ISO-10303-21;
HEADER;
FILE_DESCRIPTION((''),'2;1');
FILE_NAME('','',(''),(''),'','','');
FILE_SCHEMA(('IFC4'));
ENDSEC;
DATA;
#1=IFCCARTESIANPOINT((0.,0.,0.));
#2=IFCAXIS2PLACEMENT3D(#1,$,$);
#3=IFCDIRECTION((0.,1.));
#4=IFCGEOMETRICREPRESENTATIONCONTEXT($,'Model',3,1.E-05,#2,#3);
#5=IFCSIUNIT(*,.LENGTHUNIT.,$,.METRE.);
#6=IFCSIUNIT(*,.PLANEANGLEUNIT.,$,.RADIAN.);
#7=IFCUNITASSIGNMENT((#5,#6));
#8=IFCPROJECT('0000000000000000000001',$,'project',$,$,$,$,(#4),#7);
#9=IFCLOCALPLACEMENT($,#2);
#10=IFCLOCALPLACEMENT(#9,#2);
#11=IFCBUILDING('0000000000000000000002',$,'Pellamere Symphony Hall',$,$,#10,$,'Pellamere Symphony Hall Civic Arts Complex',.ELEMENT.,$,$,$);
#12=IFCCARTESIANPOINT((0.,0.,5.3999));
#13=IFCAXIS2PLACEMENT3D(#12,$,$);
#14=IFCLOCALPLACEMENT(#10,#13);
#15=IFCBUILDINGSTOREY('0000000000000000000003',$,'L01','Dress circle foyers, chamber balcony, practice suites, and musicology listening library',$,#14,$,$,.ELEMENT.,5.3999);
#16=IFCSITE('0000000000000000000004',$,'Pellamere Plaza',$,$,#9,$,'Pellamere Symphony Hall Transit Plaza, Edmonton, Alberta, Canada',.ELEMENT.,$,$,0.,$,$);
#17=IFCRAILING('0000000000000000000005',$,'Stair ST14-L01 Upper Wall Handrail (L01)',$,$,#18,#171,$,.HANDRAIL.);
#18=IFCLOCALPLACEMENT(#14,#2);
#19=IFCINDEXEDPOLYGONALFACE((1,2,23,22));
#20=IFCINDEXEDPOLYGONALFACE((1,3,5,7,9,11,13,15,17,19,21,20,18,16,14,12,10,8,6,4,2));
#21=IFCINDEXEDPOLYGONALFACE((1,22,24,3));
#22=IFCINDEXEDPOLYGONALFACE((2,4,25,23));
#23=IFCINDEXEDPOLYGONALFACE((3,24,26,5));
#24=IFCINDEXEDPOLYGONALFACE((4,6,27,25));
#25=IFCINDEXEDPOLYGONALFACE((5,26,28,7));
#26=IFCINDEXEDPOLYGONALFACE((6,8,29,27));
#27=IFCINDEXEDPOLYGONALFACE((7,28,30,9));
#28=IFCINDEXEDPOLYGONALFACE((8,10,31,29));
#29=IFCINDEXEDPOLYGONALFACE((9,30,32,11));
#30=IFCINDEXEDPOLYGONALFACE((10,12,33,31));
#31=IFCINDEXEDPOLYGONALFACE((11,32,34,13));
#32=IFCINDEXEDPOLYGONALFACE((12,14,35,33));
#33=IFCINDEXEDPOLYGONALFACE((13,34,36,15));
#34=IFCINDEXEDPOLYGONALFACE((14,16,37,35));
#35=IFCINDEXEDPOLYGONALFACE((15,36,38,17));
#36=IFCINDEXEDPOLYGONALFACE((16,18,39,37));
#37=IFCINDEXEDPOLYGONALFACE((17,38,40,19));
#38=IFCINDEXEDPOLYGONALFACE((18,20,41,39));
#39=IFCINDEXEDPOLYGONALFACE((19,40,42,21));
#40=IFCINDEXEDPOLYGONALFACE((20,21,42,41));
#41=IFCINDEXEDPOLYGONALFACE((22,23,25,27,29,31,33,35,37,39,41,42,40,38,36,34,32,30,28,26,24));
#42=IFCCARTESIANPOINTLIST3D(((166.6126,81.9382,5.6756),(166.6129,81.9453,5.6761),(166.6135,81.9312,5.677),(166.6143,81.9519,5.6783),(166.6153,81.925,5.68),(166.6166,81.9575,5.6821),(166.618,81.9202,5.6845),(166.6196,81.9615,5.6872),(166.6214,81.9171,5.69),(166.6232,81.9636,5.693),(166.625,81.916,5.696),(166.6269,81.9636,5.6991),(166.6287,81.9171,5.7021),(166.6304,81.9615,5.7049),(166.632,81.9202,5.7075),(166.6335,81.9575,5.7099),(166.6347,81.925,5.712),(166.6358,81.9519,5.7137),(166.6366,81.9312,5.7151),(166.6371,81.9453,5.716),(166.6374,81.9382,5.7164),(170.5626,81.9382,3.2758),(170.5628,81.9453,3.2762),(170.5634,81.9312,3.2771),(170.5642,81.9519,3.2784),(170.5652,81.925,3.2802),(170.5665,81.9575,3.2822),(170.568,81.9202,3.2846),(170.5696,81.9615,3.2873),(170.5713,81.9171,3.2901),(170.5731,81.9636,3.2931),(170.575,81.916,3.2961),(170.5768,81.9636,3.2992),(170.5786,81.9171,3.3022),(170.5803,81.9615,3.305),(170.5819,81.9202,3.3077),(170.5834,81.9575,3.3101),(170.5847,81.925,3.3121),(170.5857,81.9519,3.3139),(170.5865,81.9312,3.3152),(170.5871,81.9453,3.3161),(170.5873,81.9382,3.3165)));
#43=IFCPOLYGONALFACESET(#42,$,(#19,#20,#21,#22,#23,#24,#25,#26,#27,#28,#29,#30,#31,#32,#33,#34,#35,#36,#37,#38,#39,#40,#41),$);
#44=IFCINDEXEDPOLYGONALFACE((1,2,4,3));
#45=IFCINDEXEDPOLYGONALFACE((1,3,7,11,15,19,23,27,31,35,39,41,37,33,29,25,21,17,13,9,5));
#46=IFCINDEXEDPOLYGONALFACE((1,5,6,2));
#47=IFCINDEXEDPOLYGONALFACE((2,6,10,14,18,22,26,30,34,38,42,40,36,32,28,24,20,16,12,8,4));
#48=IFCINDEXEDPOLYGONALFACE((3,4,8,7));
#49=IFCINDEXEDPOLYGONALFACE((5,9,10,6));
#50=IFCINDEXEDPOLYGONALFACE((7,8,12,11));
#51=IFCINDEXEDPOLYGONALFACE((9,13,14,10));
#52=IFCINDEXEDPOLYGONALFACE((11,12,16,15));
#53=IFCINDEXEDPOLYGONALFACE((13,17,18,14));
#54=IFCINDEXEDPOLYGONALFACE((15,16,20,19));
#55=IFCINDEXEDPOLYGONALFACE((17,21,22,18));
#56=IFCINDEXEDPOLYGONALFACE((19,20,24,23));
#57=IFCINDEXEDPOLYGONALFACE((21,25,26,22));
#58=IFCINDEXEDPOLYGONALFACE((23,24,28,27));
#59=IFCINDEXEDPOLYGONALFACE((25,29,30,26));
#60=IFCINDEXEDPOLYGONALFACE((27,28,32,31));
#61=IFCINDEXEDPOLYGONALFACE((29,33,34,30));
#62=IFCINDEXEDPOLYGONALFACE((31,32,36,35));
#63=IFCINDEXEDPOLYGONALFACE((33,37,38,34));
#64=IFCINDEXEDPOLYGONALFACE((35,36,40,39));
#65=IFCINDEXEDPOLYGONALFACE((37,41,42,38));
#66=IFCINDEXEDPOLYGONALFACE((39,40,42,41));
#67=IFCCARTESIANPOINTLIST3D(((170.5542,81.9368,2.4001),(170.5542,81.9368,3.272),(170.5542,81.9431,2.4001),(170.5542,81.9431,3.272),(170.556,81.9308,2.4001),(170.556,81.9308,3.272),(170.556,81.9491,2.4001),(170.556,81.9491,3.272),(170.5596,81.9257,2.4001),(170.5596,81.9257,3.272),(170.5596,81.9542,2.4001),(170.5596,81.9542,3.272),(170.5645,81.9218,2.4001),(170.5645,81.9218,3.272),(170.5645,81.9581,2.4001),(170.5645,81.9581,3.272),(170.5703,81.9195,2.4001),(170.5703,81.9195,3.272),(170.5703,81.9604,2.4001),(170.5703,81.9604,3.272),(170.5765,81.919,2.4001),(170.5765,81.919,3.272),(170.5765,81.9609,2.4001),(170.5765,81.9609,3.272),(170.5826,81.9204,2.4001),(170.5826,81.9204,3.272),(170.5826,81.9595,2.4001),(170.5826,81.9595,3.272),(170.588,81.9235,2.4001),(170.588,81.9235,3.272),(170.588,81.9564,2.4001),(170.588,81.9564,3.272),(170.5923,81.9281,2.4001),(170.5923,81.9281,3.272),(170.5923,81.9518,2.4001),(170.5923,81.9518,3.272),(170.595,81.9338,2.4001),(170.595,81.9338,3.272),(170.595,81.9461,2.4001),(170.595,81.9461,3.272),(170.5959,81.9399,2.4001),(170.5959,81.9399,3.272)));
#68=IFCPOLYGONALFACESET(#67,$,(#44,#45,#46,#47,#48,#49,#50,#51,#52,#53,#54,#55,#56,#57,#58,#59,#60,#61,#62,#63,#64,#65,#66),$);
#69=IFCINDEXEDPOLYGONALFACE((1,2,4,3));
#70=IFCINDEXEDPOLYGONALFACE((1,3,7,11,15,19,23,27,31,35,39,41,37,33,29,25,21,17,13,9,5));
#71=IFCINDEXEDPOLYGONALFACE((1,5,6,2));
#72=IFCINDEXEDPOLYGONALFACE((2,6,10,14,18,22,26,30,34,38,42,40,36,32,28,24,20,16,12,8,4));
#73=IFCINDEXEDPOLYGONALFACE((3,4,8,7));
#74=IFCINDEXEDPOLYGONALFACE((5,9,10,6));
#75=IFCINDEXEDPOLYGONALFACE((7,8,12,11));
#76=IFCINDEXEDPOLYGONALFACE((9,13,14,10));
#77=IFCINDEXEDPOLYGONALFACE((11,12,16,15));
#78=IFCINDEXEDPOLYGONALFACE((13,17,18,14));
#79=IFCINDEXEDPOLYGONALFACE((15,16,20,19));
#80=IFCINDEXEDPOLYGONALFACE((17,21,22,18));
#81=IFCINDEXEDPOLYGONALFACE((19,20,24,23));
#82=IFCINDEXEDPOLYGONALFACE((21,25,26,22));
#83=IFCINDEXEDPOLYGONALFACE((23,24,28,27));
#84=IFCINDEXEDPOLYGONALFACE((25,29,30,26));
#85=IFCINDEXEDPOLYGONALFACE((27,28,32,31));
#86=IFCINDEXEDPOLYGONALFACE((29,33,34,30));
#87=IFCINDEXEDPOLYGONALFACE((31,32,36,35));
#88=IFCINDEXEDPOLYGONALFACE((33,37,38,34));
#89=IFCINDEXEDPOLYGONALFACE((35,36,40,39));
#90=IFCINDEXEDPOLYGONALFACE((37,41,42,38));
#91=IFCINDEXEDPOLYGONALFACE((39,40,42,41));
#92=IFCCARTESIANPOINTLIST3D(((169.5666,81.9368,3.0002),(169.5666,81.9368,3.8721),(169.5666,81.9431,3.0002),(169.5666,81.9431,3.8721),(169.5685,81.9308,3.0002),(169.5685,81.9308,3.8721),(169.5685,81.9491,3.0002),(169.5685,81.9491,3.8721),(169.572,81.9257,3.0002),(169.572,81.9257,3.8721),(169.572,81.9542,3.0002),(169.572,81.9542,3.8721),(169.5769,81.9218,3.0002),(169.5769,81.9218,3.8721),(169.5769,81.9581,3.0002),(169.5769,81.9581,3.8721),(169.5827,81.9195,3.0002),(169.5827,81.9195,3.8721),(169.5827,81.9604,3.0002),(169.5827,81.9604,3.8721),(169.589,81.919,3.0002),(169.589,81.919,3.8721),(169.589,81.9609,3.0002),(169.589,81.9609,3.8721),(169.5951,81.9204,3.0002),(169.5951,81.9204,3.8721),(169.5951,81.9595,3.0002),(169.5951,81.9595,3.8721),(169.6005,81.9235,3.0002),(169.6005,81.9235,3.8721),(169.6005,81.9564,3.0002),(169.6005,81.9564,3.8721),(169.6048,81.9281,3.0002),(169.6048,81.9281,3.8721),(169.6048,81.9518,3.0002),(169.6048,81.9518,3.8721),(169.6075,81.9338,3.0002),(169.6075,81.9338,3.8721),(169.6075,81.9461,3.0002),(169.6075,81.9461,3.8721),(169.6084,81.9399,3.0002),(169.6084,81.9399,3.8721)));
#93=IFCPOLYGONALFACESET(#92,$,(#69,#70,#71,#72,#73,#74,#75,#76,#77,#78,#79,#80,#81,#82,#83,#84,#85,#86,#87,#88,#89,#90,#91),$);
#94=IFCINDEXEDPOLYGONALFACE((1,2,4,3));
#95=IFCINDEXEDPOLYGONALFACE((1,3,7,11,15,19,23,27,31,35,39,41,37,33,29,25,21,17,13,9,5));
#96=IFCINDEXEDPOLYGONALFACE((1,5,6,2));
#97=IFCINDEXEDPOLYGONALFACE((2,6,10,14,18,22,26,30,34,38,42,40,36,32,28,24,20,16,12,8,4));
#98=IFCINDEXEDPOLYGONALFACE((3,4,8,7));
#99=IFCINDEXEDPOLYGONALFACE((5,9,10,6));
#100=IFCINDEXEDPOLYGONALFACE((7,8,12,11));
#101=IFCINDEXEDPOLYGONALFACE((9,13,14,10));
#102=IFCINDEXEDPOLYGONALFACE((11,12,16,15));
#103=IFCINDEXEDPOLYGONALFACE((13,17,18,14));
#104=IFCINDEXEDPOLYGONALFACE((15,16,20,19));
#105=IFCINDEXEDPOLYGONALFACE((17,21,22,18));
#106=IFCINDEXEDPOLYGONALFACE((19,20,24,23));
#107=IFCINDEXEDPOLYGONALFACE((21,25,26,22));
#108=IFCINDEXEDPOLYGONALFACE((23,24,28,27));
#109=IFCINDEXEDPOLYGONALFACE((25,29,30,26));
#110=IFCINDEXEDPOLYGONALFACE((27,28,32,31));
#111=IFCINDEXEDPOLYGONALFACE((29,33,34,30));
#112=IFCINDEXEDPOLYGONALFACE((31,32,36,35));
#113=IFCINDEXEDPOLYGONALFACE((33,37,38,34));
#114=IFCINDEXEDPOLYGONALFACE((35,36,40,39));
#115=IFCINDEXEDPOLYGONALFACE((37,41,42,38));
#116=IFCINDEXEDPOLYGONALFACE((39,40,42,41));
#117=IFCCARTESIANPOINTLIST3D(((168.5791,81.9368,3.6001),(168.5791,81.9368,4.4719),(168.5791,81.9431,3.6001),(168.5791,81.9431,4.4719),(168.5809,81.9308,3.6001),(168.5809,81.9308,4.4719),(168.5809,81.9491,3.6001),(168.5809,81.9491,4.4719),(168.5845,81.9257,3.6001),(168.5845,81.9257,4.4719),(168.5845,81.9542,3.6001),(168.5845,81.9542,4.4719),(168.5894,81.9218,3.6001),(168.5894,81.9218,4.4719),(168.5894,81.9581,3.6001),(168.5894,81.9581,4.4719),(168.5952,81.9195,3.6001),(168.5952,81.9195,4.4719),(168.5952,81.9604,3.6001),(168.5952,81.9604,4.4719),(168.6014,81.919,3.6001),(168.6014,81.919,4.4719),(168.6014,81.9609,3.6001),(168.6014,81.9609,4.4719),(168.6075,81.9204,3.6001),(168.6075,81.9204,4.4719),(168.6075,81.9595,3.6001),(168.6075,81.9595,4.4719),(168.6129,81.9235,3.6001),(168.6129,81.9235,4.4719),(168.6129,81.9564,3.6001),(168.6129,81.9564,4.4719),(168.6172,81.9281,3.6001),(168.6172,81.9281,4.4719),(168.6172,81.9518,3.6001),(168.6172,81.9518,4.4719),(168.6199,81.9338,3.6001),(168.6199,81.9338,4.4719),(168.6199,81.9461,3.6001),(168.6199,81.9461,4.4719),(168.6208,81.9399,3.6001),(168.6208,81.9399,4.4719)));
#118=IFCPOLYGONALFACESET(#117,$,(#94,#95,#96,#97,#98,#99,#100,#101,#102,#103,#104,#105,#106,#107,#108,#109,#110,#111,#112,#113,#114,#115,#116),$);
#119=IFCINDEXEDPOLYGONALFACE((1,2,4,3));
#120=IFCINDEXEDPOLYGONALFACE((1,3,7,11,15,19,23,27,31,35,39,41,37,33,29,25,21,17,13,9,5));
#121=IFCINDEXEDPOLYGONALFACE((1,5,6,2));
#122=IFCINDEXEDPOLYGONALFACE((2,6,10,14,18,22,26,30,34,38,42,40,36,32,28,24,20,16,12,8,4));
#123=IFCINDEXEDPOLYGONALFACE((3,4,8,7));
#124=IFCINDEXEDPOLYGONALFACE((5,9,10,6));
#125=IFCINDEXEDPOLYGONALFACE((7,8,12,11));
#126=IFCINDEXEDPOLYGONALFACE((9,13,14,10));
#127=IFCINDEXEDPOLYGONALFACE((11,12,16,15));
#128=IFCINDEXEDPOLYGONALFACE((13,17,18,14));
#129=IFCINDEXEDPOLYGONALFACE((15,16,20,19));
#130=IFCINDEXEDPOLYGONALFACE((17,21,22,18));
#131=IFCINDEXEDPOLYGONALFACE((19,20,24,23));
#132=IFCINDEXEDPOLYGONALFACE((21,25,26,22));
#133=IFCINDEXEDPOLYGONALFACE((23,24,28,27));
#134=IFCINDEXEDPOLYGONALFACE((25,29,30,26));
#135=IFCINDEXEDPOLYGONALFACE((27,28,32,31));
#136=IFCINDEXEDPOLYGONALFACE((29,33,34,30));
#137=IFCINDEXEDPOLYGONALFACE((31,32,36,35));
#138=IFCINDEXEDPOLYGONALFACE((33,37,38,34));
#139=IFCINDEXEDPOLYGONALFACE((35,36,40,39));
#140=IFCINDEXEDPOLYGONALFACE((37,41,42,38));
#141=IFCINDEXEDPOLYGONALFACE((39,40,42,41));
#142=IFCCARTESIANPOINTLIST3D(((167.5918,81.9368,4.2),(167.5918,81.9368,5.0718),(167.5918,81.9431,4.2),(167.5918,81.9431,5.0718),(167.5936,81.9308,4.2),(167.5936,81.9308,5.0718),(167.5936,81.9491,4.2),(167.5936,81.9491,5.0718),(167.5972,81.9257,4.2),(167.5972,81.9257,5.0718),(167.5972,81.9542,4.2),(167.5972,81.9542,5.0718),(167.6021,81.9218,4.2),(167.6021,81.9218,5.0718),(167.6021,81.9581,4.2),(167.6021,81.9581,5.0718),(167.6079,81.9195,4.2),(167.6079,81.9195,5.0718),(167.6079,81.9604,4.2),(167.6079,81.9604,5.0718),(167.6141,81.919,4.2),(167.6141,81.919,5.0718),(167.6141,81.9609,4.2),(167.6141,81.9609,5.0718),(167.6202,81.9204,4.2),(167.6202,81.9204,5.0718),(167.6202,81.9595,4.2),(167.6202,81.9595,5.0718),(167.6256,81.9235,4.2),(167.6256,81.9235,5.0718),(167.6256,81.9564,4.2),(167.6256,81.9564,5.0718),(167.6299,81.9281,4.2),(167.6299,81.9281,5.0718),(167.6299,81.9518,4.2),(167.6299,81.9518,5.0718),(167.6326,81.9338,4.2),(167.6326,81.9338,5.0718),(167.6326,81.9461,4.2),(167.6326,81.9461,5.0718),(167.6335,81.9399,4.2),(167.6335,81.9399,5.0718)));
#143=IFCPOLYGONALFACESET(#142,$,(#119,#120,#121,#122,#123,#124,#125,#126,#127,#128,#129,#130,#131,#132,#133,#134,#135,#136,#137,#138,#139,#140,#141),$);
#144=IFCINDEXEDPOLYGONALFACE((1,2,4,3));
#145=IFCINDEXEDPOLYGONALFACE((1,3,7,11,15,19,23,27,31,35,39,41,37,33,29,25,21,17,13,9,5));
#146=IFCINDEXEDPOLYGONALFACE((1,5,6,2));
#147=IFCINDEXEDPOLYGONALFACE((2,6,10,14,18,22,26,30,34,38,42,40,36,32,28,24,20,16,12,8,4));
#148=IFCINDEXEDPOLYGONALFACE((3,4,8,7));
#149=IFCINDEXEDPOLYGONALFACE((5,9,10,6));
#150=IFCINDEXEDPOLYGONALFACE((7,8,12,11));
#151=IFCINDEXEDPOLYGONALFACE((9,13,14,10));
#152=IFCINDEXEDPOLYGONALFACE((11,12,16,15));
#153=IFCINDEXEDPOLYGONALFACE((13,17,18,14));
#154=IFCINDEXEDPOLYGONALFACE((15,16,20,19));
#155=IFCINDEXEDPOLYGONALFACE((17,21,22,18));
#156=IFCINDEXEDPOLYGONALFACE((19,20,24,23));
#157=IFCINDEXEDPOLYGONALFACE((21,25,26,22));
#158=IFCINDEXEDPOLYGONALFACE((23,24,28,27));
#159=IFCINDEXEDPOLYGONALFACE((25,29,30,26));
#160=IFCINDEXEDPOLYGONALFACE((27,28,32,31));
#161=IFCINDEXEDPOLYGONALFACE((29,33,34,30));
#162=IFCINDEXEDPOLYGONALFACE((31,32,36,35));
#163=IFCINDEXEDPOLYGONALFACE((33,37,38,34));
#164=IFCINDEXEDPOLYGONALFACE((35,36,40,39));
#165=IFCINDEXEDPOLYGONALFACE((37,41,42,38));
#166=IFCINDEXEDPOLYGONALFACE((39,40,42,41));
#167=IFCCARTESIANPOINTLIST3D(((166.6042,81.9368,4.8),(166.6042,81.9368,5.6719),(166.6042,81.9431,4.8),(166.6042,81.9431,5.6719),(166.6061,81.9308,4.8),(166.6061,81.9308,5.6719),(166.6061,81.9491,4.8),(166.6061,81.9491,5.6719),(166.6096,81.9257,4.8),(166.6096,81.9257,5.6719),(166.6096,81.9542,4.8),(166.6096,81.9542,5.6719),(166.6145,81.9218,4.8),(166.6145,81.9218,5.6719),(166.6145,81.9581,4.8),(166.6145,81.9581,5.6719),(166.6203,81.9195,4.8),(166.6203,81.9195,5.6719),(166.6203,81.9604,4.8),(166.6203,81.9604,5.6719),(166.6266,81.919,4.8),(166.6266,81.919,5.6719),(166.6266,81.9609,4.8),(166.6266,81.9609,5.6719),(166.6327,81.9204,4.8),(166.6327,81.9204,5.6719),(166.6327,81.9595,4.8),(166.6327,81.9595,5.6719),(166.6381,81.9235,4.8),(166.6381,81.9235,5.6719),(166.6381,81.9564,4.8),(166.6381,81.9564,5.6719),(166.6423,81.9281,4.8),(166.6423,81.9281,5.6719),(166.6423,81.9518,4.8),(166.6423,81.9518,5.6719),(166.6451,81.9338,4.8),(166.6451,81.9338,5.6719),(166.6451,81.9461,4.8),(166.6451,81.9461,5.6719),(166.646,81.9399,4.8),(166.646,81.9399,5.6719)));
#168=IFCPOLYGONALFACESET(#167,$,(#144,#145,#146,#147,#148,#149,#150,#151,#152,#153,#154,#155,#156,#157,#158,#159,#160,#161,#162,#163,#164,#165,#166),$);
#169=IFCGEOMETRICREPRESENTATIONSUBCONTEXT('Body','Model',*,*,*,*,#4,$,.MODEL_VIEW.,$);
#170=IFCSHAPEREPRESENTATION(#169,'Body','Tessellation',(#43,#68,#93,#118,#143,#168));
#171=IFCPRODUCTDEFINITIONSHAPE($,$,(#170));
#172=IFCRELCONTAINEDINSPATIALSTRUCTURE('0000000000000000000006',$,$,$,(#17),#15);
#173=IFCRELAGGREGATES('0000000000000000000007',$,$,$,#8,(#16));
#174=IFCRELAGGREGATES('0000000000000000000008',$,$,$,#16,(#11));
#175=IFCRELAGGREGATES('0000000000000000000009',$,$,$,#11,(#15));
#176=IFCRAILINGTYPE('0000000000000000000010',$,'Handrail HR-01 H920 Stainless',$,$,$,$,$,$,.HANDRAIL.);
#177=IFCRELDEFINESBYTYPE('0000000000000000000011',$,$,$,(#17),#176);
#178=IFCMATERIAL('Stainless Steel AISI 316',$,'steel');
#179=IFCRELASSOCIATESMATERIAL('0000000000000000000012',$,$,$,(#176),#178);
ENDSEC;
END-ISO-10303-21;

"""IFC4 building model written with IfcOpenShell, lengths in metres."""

from ifc_helpers import new_model, si_unit, direction, frame, origin, origin_2d, place, context, subcontext, project, spatial, circle, extrude, material, type_object, element, save


model = new_model("IFC4")

# Units and contexts
model_context = context("Model", 3, precision=1e-05, world=origin(), true_north=direction((0.0, 1.0)))
body_context = subcontext(model_context, "Body", "Model", "MODEL_VIEW")
ifc_project = project(units=[si_unit("LENGTHUNIT", "METRE"), si_unit("PLANEANGLEUNIT", "RADIAN")], contexts=[model_context])

# Site, building, storey
site_placement = place(None, origin())
site = spatial("IfcSite", under=ifc_project, at=site_placement, Name="Pellamere Plaza", LongName="Pellamere Symphony Hall Transit Plaza, Edmonton, Alberta, Canada", CompositionType="ELEMENT", RefElevation=0.0)
building_placement = place(site_placement, origin())
building = spatial("IfcBuilding", under=site, at=building_placement, Name="Pellamere Symphony Hall", LongName="Pellamere Symphony Hall Civic Arts Complex", CompositionType="ELEMENT")
storey_placement = place(building_placement, frame((0.0, 0.0, 5.3999)))
storey = spatial("IfcBuildingStorey", under=building, at=storey_placement, Name="L01", Description="Dress circle foyers, chamber balcony, practice suites, and musicology listening library", CompositionType="ELEMENT", Elevation=5.3999)

# Railing
ifc_material_1 = material(Name="Stainless Steel AISI 316", Category="steel")
railing_type_1 = type_object("IfcRailingType", Name="Handrail HR-01 H920 Stainless", PredefinedType="HANDRAIL", material=ifc_material_1)
railing_1_placement = place(storey_placement, frame((170.575, 81.9399, 2.4001)))
element("IfcRailing", 1, at=railing_1_placement, inside=storey, type_object=railing_type_1, Name="Stair ST14-L01 Upper Wall Handrail (L01)", PredefinedType="HANDRAIL", context=body_context, shape_type="SweptSolid", body=[
    extrude(circle(Radius=0.0239, at=origin_2d()), frame((0.0, 0.0, 0.896), z_axis=(-0.854623, 0.0, 0.51925), x_axis=(0.0, -1.0, 0.0)), (0.0, 0.0, 1.0), 4.6218),
    extrude(circle(Radius=0.021, at=origin_2d()), origin(), (0.0, 0.0, 1.0), 0.8718),
    extrude(circle(Radius=0.021, at=origin_2d()), frame((-0.9875, 0.0, 0.6001)), (0.0, 0.0, 1.0), 0.8718),
    extrude(circle(Radius=0.021, at=origin_2d()), frame((-1.9751, 0.0, 1.2)), (0.0, 0.0, 1.0), 0.8718),
    extrude(circle(Radius=0.021, at=origin_2d()), frame((-2.9624, 0.0, 1.7998)), (0.0, 0.0, 1.0), 0.8718),
    extrude(circle(Radius=0.021, at=origin_2d()), frame((-3.95, 0.0, 2.3999)), (0.0, 0.0, 1.0), 0.8718),
])

save(model, "model.ifc")
